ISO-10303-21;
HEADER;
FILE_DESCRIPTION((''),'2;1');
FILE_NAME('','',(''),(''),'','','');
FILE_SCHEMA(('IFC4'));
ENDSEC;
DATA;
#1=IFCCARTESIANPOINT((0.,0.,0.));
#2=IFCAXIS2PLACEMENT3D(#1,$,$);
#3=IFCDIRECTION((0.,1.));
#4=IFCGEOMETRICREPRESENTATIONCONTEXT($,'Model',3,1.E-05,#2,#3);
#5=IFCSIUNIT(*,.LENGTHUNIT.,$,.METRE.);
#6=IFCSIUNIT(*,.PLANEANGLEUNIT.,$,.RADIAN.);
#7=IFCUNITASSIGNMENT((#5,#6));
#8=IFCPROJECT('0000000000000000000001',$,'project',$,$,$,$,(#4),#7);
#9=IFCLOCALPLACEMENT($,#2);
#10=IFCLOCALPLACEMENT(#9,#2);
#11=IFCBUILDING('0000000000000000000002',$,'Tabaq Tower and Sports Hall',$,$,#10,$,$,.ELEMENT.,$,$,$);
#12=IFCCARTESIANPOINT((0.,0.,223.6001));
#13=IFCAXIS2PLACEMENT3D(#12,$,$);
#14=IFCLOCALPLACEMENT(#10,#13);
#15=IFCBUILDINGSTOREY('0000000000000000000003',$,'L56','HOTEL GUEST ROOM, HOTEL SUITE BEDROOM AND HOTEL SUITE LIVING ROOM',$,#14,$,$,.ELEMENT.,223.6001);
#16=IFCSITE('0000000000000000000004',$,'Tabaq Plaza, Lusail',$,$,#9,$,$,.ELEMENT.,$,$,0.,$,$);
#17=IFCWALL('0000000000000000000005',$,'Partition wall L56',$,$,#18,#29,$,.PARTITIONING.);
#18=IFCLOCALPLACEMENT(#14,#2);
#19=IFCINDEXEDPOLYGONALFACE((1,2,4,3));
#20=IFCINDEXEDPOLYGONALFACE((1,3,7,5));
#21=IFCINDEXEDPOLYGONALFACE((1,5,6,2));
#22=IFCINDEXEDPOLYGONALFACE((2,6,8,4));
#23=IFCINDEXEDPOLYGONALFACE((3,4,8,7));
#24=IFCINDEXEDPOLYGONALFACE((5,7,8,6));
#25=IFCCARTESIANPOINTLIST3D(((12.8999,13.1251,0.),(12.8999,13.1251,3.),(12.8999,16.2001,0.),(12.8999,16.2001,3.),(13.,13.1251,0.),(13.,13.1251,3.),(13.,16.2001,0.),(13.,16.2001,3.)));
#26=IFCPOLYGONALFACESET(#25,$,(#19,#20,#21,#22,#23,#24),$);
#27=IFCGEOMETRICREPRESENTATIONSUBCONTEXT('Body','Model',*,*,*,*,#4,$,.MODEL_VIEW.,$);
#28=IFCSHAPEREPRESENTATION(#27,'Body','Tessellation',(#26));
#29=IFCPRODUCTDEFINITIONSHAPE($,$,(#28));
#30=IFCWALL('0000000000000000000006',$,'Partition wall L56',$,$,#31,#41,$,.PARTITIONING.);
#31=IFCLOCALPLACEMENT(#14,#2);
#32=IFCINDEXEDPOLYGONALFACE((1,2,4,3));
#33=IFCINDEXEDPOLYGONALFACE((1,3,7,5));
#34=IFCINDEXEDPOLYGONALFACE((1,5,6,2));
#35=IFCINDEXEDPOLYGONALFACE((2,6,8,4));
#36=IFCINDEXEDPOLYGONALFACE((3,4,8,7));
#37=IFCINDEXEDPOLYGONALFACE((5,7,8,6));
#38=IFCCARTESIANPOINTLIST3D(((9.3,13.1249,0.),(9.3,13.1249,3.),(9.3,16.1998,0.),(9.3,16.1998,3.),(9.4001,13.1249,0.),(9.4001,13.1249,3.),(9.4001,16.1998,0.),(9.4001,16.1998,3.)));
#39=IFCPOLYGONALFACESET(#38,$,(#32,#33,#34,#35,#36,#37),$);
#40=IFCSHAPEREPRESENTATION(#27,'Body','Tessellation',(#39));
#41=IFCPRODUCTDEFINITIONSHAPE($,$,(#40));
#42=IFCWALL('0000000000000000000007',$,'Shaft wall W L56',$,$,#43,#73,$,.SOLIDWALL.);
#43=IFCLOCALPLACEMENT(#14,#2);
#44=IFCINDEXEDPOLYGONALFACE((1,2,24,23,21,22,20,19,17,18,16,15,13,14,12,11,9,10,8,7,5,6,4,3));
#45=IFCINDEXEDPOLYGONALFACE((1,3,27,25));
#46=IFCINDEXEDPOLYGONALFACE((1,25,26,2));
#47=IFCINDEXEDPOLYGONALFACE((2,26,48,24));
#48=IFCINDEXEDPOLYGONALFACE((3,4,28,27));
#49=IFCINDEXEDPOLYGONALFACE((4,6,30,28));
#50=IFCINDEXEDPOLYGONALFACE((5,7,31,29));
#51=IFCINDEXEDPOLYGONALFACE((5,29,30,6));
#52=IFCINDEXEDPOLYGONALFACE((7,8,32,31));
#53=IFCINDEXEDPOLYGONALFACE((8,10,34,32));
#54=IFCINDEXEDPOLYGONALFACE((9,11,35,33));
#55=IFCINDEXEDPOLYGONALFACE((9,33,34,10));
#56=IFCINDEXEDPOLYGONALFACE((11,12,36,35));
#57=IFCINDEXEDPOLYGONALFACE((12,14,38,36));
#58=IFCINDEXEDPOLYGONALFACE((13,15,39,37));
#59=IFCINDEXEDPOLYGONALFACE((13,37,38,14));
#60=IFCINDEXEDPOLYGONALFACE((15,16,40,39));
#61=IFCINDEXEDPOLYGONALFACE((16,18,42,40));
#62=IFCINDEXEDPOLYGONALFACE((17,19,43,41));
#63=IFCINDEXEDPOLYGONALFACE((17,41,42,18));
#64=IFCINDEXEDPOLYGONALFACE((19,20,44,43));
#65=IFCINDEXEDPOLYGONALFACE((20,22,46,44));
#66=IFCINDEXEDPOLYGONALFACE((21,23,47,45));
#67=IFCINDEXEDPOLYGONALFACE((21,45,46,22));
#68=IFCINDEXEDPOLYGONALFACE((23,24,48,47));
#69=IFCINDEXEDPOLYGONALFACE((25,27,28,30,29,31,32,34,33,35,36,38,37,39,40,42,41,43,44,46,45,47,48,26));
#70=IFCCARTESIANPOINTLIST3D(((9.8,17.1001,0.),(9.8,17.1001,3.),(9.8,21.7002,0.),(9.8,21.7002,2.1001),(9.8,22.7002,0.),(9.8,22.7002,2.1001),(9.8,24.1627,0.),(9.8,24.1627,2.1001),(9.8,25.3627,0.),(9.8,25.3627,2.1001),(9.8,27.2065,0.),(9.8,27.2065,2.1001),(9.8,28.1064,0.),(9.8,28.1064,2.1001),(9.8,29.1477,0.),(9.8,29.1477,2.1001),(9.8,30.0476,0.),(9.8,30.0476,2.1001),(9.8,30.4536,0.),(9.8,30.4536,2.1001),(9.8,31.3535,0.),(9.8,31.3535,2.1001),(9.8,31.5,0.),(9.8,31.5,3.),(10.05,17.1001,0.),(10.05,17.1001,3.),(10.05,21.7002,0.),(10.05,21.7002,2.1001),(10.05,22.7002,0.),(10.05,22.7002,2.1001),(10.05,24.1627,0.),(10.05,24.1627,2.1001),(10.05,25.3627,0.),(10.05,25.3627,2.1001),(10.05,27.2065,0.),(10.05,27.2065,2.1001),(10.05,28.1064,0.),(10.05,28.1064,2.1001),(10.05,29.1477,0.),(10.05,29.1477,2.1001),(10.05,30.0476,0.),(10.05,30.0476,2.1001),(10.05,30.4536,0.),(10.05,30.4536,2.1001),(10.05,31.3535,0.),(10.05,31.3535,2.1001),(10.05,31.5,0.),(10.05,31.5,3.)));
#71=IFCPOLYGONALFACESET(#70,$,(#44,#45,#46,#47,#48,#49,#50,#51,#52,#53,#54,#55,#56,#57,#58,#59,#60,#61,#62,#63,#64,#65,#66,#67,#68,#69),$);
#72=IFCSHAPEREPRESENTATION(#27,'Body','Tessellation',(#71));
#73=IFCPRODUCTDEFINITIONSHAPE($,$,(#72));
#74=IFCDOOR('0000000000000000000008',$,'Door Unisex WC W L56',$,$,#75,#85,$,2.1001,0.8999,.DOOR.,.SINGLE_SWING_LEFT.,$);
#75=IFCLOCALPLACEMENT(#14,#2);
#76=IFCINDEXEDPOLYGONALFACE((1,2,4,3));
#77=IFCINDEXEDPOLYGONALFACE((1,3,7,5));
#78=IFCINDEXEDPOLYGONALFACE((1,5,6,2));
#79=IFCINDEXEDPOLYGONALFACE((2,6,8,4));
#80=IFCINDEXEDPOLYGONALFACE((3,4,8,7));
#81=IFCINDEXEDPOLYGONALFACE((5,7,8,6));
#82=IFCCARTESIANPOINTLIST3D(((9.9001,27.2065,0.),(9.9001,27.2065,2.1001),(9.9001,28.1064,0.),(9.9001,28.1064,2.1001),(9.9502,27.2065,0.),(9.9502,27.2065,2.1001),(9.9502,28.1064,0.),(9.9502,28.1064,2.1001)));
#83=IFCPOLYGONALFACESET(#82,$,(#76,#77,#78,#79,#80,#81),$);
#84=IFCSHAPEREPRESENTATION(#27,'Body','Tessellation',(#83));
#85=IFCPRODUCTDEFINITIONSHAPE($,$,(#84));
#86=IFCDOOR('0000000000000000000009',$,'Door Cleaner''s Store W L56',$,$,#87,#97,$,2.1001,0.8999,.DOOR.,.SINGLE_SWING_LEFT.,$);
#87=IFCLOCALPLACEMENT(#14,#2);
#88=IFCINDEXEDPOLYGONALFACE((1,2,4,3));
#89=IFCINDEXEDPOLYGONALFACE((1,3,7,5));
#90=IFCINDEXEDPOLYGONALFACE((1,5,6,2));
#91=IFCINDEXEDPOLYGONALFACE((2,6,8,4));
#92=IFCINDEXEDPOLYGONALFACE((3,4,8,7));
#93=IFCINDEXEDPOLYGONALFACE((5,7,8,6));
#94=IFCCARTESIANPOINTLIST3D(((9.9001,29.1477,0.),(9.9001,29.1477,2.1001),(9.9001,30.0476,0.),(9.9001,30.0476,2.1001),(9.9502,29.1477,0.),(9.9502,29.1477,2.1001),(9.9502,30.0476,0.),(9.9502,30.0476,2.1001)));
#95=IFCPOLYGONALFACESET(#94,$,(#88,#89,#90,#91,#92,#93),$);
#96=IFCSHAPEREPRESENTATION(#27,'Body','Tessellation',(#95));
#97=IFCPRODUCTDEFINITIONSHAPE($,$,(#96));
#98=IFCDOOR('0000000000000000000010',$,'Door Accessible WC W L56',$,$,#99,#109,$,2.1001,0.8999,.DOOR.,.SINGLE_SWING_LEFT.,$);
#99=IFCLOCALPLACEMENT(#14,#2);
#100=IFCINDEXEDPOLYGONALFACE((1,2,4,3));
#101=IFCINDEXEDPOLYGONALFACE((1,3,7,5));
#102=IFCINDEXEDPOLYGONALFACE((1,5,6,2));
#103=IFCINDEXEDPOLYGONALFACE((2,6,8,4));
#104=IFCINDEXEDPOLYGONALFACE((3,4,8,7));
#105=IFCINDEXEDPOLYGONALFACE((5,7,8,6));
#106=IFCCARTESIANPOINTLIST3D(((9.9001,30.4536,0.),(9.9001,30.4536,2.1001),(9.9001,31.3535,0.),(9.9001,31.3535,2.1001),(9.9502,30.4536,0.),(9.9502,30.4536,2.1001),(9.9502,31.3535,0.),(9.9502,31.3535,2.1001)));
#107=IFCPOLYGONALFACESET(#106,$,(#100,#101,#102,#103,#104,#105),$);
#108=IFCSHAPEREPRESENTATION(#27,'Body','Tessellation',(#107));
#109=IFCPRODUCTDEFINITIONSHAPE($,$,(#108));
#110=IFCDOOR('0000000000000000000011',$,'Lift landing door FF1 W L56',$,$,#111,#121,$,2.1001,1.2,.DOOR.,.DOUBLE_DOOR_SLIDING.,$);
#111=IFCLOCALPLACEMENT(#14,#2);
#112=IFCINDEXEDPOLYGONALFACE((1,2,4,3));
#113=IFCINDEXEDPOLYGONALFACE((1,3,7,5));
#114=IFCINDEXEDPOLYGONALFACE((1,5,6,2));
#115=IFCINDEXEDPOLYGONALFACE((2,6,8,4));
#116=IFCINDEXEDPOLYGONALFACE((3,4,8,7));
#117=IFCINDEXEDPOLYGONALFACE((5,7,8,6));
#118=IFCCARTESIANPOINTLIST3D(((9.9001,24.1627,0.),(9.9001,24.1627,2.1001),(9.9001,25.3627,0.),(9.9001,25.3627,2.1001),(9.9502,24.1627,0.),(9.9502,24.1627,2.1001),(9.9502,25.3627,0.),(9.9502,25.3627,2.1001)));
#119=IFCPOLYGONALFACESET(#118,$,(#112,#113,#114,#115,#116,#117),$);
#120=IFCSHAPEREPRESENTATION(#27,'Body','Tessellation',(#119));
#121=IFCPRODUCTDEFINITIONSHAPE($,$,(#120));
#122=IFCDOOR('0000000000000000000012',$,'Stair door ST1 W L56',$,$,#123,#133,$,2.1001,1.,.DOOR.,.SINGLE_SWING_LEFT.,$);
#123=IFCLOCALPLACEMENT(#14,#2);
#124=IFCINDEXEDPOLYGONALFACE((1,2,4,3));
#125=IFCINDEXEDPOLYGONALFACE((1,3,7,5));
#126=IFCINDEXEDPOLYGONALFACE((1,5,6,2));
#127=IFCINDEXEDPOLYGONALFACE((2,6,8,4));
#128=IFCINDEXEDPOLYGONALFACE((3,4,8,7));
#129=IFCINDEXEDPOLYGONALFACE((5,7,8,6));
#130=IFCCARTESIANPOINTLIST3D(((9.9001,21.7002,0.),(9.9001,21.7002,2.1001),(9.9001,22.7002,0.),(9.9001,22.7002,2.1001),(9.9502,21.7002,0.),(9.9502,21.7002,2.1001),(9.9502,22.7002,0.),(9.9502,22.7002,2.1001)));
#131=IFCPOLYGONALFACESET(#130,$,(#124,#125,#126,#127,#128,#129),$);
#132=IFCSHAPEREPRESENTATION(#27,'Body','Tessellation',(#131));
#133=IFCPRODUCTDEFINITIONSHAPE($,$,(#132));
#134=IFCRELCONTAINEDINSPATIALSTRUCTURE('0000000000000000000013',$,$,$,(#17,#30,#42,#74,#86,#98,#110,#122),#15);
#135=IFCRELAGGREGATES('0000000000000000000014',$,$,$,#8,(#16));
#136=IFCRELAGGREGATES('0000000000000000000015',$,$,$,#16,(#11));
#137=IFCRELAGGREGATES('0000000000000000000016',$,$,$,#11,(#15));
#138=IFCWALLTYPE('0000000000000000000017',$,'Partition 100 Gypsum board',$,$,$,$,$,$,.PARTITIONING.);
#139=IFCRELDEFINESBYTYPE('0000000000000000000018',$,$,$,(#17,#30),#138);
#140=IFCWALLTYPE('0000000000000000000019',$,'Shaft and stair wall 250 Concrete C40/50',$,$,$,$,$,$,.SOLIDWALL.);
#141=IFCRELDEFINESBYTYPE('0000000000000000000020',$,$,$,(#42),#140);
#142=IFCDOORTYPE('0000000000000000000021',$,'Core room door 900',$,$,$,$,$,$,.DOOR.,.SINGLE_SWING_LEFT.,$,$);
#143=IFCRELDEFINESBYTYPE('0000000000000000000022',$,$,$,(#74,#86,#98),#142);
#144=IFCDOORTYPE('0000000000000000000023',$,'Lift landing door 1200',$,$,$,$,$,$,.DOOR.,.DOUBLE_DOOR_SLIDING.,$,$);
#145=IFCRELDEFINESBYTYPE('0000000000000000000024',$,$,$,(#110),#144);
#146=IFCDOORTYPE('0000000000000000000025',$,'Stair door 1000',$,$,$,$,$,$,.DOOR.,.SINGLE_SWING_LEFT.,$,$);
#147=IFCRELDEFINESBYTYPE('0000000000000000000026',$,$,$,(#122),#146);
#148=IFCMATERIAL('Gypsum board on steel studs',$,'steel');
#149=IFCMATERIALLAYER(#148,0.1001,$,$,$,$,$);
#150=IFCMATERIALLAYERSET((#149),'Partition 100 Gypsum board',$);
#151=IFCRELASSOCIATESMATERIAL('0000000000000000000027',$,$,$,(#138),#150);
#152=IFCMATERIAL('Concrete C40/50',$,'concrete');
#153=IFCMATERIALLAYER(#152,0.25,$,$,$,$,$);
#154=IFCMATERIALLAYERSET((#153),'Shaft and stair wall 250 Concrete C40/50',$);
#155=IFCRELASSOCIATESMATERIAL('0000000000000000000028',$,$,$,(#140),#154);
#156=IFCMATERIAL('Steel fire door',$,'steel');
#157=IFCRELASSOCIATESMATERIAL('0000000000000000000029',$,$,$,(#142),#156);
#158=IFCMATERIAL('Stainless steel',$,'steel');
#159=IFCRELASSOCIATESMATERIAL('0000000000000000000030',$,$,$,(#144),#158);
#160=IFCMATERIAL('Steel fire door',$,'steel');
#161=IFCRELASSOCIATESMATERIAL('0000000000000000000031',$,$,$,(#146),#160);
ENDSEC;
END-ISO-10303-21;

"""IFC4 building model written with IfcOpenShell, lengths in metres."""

from ifc_helpers import new_model, si_unit, direction, frame, frame_2d, origin, place, context, subcontext, project, spatial, rectangle, extrude, material, layer, layer_set, type_object, element, fill, save


model = new_model("IFC4")

# Units and contexts
model_context = context("Model", 3, precision=1e-05, world=origin(), true_north=direction((0.0, 1.0)))
body_context = subcontext(model_context, "Body", "Model", "MODEL_VIEW")
ifc_project = project(units=[si_unit("LENGTHUNIT", "METRE"), si_unit("PLANEANGLEUNIT", "RADIAN")], contexts=[model_context])

# Site, building, storey
site_placement = place(None, origin())
site = spatial("IfcSite", under=ifc_project, at=site_placement, Name="Tabaq Plaza, Lusail", CompositionType="ELEMENT", RefElevation=0.0)
building_placement = place(site_placement, origin())
building = spatial("IfcBuilding", under=site, at=building_placement, Name="Tabaq Tower and Sports Hall", CompositionType="ELEMENT")
storey_placement = place(building_placement, frame((0.0, 0.0, 223.6001)))
storey = spatial("IfcBuildingStorey", under=building, at=storey_placement, Name="L56", Description="HOTEL GUEST ROOM, HOTEL SUITE BEDROOM AND HOTEL SUITE LIVING ROOM", CompositionType="ELEMENT", Elevation=223.6001)

# Walls
ifc_material_1 = material(Name="Gypsum board on steel studs", Category="steel")
ifc_layer_1 = layer(ifc_material_1, 0.1001)
ifc_layer_set_1 = layer_set([ifc_layer_1], Name="Partition 100 Gypsum board")
wall_type_1 = type_object("IfcWallType", Name="Partition 100 Gypsum board", PredefinedType="PARTITIONING", material=ifc_layer_set_1)
for number, where, z_axis, x_axis, name in (
    (1, (12.95, 13.125, 0.0), (0.0, 0.0, 1.0), (0.0, 1.0, 0.0), "Partition wall L56"),
    (2, (9.3501, 16.2, 0.0), (0.0, 0.0, 1.0), (0.0, -1.0, 0.0), "Partition wall L56"),
):
    element("IfcWall", number, at=place(storey_placement, frame(where, z_axis=z_axis, x_axis=x_axis)), inside=storey, type_object=wall_type_1, Name=name, PredefinedType="PARTITIONING", context=body_context, shape_type="SweptSolid", body=[
        extrude(rectangle(XDim=3.075, YDim=0.1001, at=frame_2d((1.5376, 0.0))), origin(), (0.0, 0.0, 1.0), 3.0),
    ])

# Wall, openings, doors
ifc_material_2 = material(Name="Concrete C40/50", Category="concrete")
ifc_layer_2 = layer(ifc_material_2, 0.25)
ifc_layer_set_2 = layer_set([ifc_layer_2], Name="Shaft and stair wall 250 Concrete C40/50")
wall_type_2 = type_object("IfcWallType", Name="Shaft and stair wall 250 Concrete C40/50", PredefinedType="SOLIDWALL", material=ifc_layer_set_2)
wall_1_placement = place(storey_placement, frame((9.925, 17.1001, 0.0), z_axis=(0.0, 0.0, 1.0), x_axis=(0.0, 1.0, 0.0)))
wall_1 = element("IfcWall", 3, at=wall_1_placement, inside=storey, type_object=wall_type_2, Name="Shaft wall W L56", PredefinedType="SOLIDWALL", context=body_context, shape_type="SweptSolid", body=[
    extrude(rectangle(XDim=14.3999, YDim=0.25, at=frame_2d((7.2, 0.0))), origin(), (0.0, 0.0, 1.0), 3.0),
])
opening_1_placement = place(wall_1_placement, frame((4.6001, 0.0, 0.0)))
opening_1 = element("IfcOpeningElement", 4, at=opening_1_placement, cuts=wall_1, PredefinedType="OPENING", context=body_context, shape_type="SweptSolid", body=[
    extrude(rectangle(XDim=1.0, YDim=2.1001, at=frame_2d((0.5, 1.05))), frame((0.0, 0.125, 0.0), z_axis=(0.0, -1.0, 0.0), x_axis=(1.0, 0.0, 0.0)), (0.0, 0.0, 1.0), 0.25),
])
opening_2_placement = place(wall_1_placement, frame((7.0625, 0.0, 0.0)))
opening_2 = element("IfcOpeningElement", 5, at=opening_2_placement, cuts=wall_1, PredefinedType="OPENING", context=body_context, shape_type="SweptSolid", body=[
    extrude(rectangle(XDim=1.2, YDim=2.1001, at=frame_2d((0.6001, 1.05))), frame((0.0, 0.125, 0.0), z_axis=(0.0, -1.0, 0.0), x_axis=(1.0, 0.0, 0.0)), (0.0, 0.0, 1.0), 0.25),
])
opening_3_placement = place(wall_1_placement, frame((10.1064, 0.0, 0.0)))
opening_3 = element("IfcOpeningElement", 6, at=opening_3_placement, cuts=wall_1, PredefinedType="OPENING", context=body_context, shape_type="SweptSolid", body=[
    extrude(rectangle(XDim=0.8999, YDim=2.1001, at=frame_2d((0.45, 1.05))), frame((0.0, 0.125, 0.0), z_axis=(0.0, -1.0, 0.0), x_axis=(1.0, 0.0, 0.0)), (0.0, 0.0, 1.0), 0.25),
])
opening_4_placement = place(wall_1_placement, frame((12.0476, 0.0, 0.0)))
opening_4 = element("IfcOpeningElement", 7, at=opening_4_placement, cuts=wall_1, PredefinedType="OPENING", context=body_context, shape_type="SweptSolid", body=[
    extrude(rectangle(XDim=0.8999, YDim=2.1001, at=frame_2d((0.45, 1.05))), frame((0.0, 0.125, 0.0), z_axis=(0.0, -1.0, 0.0), x_axis=(1.0, 0.0, 0.0)), (0.0, 0.0, 1.0), 0.25),
])
opening_5_placement = place(wall_1_placement, frame((13.3535, 0.0, 0.0)))
opening_5 = element("IfcOpeningElement", 8, at=opening_5_placement, cuts=wall_1, PredefinedType="OPENING", context=body_context, shape_type="SweptSolid", body=[
    extrude(rectangle(XDim=0.8999, YDim=2.1001, at=frame_2d((0.45, 1.05))), frame((0.0, 0.125, 0.0), z_axis=(0.0, -1.0, 0.0), x_axis=(1.0, 0.0, 0.0)), (0.0, 0.0, 1.0), 0.25),
])
ifc_material_3 = material(Name="Steel fire door", Category="steel")
door_type_1 = type_object("IfcDoorType", Name="Core room door 900", OperationType="SINGLE_SWING_LEFT", PredefinedType="DOOR", material=ifc_material_3)
door_1_placement = place(opening_3_placement, origin())
door_1 = element("IfcDoor", 9, at=door_1_placement, inside=storey, type_object=door_type_1, Name="Door Unisex WC W L56", OperationType="SINGLE_SWING_LEFT", OverallHeight=2.1001, OverallWidth=0.8999, PredefinedType="DOOR", context=body_context, shape_type="SweptSolid", body=[
    extrude(rectangle(XDim=0.8999, YDim=2.1001, at=frame_2d((0.45, 1.05))), frame((0.0, 0.0249, 0.0), z_axis=(0.0, -1.0, 0.0), x_axis=(1.0, 0.0, 0.0)), (0.0, 0.0, 1.0), 0.05),
])
fill(opening_3, door_1)
door_2_placement = place(opening_4_placement, origin())
door_2 = element("IfcDoor", 10, at=door_2_placement, inside=storey, type_object=door_type_1, Name="Door Cleaner's Store W L56", OperationType="SINGLE_SWING_LEFT", OverallHeight=2.1001, OverallWidth=0.8999, PredefinedType="DOOR", context=body_context, shape_type="SweptSolid", body=[
    extrude(rectangle(XDim=0.8999, YDim=2.1001, at=frame_2d((0.45, 1.05))), frame((0.0, 0.0249, 0.0), z_axis=(0.0, -1.0, 0.0), x_axis=(1.0, 0.0, 0.0)), (0.0, 0.0, 1.0), 0.05),
])
fill(opening_4, door_2)
door_3_placement = place(opening_5_placement, origin())
door_3 = element("IfcDoor", 11, at=door_3_placement, inside=storey, type_object=door_type_1, Name="Door Accessible WC W L56", OperationType="SINGLE_SWING_LEFT", OverallHeight=2.1001, OverallWidth=0.8999, PredefinedType="DOOR", context=body_context, shape_type="SweptSolid", body=[
    extrude(rectangle(XDim=0.8999, YDim=2.1001, at=frame_2d((0.45, 1.05))), frame((0.0, 0.0249, 0.0), z_axis=(0.0, -1.0, 0.0), x_axis=(1.0, 0.0, 0.0)), (0.0, 0.0, 1.0), 0.05),
])
fill(opening_5, door_3)
ifc_material_4 = material(Name="Stainless steel", Category="steel")
door_type_2 = type_object("IfcDoorType", Name="Lift landing door 1200", OperationType="DOUBLE_DOOR_SLIDING", PredefinedType="DOOR", material=ifc_material_4)
door_4_placement = place(opening_2_placement, origin())
door_4 = element("IfcDoor", 12, at=door_4_placement, inside=storey, type_object=door_type_2, Name="Lift landing door FF1 W L56", OperationType="DOUBLE_DOOR_SLIDING", OverallHeight=2.1001, OverallWidth=1.2, PredefinedType="DOOR", context=body_context, shape_type="SweptSolid", body=[
    extrude(rectangle(XDim=1.2, YDim=2.1001, at=frame_2d((0.6001, 1.05))), frame((0.0, 0.0249, 0.0), z_axis=(0.0, -1.0, 0.0), x_axis=(1.0, 0.0, 0.0)), (0.0, 0.0, 1.0), 0.05),
])
fill(opening_2, door_4)
ifc_material_5 = material(Name="Steel fire door", Category="steel")
door_type_3 = type_object("IfcDoorType", Name="Stair door 1000", OperationType="SINGLE_SWING_LEFT", PredefinedType="DOOR", material=ifc_material_5)
door_5_placement = place(opening_1_placement, origin())
door_5 = element("IfcDoor", 13, at=door_5_placement, inside=storey, type_object=door_type_3, Name="Stair door ST1 W L56", OperationType="SINGLE_SWING_LEFT", OverallHeight=2.1001, OverallWidth=1.0, PredefinedType="DOOR", context=body_context, shape_type="SweptSolid", body=[
    extrude(rectangle(XDim=1.0, YDim=2.1001, at=frame_2d((0.5, 1.05))), frame((0.0, 0.0249, 0.0), z_axis=(0.0, -1.0, 0.0), x_axis=(1.0, 0.0, 0.0)), (0.0, 0.0, 1.0), 0.05),
])
fill(opening_1, door_5)

save(model, "model.ifc")
